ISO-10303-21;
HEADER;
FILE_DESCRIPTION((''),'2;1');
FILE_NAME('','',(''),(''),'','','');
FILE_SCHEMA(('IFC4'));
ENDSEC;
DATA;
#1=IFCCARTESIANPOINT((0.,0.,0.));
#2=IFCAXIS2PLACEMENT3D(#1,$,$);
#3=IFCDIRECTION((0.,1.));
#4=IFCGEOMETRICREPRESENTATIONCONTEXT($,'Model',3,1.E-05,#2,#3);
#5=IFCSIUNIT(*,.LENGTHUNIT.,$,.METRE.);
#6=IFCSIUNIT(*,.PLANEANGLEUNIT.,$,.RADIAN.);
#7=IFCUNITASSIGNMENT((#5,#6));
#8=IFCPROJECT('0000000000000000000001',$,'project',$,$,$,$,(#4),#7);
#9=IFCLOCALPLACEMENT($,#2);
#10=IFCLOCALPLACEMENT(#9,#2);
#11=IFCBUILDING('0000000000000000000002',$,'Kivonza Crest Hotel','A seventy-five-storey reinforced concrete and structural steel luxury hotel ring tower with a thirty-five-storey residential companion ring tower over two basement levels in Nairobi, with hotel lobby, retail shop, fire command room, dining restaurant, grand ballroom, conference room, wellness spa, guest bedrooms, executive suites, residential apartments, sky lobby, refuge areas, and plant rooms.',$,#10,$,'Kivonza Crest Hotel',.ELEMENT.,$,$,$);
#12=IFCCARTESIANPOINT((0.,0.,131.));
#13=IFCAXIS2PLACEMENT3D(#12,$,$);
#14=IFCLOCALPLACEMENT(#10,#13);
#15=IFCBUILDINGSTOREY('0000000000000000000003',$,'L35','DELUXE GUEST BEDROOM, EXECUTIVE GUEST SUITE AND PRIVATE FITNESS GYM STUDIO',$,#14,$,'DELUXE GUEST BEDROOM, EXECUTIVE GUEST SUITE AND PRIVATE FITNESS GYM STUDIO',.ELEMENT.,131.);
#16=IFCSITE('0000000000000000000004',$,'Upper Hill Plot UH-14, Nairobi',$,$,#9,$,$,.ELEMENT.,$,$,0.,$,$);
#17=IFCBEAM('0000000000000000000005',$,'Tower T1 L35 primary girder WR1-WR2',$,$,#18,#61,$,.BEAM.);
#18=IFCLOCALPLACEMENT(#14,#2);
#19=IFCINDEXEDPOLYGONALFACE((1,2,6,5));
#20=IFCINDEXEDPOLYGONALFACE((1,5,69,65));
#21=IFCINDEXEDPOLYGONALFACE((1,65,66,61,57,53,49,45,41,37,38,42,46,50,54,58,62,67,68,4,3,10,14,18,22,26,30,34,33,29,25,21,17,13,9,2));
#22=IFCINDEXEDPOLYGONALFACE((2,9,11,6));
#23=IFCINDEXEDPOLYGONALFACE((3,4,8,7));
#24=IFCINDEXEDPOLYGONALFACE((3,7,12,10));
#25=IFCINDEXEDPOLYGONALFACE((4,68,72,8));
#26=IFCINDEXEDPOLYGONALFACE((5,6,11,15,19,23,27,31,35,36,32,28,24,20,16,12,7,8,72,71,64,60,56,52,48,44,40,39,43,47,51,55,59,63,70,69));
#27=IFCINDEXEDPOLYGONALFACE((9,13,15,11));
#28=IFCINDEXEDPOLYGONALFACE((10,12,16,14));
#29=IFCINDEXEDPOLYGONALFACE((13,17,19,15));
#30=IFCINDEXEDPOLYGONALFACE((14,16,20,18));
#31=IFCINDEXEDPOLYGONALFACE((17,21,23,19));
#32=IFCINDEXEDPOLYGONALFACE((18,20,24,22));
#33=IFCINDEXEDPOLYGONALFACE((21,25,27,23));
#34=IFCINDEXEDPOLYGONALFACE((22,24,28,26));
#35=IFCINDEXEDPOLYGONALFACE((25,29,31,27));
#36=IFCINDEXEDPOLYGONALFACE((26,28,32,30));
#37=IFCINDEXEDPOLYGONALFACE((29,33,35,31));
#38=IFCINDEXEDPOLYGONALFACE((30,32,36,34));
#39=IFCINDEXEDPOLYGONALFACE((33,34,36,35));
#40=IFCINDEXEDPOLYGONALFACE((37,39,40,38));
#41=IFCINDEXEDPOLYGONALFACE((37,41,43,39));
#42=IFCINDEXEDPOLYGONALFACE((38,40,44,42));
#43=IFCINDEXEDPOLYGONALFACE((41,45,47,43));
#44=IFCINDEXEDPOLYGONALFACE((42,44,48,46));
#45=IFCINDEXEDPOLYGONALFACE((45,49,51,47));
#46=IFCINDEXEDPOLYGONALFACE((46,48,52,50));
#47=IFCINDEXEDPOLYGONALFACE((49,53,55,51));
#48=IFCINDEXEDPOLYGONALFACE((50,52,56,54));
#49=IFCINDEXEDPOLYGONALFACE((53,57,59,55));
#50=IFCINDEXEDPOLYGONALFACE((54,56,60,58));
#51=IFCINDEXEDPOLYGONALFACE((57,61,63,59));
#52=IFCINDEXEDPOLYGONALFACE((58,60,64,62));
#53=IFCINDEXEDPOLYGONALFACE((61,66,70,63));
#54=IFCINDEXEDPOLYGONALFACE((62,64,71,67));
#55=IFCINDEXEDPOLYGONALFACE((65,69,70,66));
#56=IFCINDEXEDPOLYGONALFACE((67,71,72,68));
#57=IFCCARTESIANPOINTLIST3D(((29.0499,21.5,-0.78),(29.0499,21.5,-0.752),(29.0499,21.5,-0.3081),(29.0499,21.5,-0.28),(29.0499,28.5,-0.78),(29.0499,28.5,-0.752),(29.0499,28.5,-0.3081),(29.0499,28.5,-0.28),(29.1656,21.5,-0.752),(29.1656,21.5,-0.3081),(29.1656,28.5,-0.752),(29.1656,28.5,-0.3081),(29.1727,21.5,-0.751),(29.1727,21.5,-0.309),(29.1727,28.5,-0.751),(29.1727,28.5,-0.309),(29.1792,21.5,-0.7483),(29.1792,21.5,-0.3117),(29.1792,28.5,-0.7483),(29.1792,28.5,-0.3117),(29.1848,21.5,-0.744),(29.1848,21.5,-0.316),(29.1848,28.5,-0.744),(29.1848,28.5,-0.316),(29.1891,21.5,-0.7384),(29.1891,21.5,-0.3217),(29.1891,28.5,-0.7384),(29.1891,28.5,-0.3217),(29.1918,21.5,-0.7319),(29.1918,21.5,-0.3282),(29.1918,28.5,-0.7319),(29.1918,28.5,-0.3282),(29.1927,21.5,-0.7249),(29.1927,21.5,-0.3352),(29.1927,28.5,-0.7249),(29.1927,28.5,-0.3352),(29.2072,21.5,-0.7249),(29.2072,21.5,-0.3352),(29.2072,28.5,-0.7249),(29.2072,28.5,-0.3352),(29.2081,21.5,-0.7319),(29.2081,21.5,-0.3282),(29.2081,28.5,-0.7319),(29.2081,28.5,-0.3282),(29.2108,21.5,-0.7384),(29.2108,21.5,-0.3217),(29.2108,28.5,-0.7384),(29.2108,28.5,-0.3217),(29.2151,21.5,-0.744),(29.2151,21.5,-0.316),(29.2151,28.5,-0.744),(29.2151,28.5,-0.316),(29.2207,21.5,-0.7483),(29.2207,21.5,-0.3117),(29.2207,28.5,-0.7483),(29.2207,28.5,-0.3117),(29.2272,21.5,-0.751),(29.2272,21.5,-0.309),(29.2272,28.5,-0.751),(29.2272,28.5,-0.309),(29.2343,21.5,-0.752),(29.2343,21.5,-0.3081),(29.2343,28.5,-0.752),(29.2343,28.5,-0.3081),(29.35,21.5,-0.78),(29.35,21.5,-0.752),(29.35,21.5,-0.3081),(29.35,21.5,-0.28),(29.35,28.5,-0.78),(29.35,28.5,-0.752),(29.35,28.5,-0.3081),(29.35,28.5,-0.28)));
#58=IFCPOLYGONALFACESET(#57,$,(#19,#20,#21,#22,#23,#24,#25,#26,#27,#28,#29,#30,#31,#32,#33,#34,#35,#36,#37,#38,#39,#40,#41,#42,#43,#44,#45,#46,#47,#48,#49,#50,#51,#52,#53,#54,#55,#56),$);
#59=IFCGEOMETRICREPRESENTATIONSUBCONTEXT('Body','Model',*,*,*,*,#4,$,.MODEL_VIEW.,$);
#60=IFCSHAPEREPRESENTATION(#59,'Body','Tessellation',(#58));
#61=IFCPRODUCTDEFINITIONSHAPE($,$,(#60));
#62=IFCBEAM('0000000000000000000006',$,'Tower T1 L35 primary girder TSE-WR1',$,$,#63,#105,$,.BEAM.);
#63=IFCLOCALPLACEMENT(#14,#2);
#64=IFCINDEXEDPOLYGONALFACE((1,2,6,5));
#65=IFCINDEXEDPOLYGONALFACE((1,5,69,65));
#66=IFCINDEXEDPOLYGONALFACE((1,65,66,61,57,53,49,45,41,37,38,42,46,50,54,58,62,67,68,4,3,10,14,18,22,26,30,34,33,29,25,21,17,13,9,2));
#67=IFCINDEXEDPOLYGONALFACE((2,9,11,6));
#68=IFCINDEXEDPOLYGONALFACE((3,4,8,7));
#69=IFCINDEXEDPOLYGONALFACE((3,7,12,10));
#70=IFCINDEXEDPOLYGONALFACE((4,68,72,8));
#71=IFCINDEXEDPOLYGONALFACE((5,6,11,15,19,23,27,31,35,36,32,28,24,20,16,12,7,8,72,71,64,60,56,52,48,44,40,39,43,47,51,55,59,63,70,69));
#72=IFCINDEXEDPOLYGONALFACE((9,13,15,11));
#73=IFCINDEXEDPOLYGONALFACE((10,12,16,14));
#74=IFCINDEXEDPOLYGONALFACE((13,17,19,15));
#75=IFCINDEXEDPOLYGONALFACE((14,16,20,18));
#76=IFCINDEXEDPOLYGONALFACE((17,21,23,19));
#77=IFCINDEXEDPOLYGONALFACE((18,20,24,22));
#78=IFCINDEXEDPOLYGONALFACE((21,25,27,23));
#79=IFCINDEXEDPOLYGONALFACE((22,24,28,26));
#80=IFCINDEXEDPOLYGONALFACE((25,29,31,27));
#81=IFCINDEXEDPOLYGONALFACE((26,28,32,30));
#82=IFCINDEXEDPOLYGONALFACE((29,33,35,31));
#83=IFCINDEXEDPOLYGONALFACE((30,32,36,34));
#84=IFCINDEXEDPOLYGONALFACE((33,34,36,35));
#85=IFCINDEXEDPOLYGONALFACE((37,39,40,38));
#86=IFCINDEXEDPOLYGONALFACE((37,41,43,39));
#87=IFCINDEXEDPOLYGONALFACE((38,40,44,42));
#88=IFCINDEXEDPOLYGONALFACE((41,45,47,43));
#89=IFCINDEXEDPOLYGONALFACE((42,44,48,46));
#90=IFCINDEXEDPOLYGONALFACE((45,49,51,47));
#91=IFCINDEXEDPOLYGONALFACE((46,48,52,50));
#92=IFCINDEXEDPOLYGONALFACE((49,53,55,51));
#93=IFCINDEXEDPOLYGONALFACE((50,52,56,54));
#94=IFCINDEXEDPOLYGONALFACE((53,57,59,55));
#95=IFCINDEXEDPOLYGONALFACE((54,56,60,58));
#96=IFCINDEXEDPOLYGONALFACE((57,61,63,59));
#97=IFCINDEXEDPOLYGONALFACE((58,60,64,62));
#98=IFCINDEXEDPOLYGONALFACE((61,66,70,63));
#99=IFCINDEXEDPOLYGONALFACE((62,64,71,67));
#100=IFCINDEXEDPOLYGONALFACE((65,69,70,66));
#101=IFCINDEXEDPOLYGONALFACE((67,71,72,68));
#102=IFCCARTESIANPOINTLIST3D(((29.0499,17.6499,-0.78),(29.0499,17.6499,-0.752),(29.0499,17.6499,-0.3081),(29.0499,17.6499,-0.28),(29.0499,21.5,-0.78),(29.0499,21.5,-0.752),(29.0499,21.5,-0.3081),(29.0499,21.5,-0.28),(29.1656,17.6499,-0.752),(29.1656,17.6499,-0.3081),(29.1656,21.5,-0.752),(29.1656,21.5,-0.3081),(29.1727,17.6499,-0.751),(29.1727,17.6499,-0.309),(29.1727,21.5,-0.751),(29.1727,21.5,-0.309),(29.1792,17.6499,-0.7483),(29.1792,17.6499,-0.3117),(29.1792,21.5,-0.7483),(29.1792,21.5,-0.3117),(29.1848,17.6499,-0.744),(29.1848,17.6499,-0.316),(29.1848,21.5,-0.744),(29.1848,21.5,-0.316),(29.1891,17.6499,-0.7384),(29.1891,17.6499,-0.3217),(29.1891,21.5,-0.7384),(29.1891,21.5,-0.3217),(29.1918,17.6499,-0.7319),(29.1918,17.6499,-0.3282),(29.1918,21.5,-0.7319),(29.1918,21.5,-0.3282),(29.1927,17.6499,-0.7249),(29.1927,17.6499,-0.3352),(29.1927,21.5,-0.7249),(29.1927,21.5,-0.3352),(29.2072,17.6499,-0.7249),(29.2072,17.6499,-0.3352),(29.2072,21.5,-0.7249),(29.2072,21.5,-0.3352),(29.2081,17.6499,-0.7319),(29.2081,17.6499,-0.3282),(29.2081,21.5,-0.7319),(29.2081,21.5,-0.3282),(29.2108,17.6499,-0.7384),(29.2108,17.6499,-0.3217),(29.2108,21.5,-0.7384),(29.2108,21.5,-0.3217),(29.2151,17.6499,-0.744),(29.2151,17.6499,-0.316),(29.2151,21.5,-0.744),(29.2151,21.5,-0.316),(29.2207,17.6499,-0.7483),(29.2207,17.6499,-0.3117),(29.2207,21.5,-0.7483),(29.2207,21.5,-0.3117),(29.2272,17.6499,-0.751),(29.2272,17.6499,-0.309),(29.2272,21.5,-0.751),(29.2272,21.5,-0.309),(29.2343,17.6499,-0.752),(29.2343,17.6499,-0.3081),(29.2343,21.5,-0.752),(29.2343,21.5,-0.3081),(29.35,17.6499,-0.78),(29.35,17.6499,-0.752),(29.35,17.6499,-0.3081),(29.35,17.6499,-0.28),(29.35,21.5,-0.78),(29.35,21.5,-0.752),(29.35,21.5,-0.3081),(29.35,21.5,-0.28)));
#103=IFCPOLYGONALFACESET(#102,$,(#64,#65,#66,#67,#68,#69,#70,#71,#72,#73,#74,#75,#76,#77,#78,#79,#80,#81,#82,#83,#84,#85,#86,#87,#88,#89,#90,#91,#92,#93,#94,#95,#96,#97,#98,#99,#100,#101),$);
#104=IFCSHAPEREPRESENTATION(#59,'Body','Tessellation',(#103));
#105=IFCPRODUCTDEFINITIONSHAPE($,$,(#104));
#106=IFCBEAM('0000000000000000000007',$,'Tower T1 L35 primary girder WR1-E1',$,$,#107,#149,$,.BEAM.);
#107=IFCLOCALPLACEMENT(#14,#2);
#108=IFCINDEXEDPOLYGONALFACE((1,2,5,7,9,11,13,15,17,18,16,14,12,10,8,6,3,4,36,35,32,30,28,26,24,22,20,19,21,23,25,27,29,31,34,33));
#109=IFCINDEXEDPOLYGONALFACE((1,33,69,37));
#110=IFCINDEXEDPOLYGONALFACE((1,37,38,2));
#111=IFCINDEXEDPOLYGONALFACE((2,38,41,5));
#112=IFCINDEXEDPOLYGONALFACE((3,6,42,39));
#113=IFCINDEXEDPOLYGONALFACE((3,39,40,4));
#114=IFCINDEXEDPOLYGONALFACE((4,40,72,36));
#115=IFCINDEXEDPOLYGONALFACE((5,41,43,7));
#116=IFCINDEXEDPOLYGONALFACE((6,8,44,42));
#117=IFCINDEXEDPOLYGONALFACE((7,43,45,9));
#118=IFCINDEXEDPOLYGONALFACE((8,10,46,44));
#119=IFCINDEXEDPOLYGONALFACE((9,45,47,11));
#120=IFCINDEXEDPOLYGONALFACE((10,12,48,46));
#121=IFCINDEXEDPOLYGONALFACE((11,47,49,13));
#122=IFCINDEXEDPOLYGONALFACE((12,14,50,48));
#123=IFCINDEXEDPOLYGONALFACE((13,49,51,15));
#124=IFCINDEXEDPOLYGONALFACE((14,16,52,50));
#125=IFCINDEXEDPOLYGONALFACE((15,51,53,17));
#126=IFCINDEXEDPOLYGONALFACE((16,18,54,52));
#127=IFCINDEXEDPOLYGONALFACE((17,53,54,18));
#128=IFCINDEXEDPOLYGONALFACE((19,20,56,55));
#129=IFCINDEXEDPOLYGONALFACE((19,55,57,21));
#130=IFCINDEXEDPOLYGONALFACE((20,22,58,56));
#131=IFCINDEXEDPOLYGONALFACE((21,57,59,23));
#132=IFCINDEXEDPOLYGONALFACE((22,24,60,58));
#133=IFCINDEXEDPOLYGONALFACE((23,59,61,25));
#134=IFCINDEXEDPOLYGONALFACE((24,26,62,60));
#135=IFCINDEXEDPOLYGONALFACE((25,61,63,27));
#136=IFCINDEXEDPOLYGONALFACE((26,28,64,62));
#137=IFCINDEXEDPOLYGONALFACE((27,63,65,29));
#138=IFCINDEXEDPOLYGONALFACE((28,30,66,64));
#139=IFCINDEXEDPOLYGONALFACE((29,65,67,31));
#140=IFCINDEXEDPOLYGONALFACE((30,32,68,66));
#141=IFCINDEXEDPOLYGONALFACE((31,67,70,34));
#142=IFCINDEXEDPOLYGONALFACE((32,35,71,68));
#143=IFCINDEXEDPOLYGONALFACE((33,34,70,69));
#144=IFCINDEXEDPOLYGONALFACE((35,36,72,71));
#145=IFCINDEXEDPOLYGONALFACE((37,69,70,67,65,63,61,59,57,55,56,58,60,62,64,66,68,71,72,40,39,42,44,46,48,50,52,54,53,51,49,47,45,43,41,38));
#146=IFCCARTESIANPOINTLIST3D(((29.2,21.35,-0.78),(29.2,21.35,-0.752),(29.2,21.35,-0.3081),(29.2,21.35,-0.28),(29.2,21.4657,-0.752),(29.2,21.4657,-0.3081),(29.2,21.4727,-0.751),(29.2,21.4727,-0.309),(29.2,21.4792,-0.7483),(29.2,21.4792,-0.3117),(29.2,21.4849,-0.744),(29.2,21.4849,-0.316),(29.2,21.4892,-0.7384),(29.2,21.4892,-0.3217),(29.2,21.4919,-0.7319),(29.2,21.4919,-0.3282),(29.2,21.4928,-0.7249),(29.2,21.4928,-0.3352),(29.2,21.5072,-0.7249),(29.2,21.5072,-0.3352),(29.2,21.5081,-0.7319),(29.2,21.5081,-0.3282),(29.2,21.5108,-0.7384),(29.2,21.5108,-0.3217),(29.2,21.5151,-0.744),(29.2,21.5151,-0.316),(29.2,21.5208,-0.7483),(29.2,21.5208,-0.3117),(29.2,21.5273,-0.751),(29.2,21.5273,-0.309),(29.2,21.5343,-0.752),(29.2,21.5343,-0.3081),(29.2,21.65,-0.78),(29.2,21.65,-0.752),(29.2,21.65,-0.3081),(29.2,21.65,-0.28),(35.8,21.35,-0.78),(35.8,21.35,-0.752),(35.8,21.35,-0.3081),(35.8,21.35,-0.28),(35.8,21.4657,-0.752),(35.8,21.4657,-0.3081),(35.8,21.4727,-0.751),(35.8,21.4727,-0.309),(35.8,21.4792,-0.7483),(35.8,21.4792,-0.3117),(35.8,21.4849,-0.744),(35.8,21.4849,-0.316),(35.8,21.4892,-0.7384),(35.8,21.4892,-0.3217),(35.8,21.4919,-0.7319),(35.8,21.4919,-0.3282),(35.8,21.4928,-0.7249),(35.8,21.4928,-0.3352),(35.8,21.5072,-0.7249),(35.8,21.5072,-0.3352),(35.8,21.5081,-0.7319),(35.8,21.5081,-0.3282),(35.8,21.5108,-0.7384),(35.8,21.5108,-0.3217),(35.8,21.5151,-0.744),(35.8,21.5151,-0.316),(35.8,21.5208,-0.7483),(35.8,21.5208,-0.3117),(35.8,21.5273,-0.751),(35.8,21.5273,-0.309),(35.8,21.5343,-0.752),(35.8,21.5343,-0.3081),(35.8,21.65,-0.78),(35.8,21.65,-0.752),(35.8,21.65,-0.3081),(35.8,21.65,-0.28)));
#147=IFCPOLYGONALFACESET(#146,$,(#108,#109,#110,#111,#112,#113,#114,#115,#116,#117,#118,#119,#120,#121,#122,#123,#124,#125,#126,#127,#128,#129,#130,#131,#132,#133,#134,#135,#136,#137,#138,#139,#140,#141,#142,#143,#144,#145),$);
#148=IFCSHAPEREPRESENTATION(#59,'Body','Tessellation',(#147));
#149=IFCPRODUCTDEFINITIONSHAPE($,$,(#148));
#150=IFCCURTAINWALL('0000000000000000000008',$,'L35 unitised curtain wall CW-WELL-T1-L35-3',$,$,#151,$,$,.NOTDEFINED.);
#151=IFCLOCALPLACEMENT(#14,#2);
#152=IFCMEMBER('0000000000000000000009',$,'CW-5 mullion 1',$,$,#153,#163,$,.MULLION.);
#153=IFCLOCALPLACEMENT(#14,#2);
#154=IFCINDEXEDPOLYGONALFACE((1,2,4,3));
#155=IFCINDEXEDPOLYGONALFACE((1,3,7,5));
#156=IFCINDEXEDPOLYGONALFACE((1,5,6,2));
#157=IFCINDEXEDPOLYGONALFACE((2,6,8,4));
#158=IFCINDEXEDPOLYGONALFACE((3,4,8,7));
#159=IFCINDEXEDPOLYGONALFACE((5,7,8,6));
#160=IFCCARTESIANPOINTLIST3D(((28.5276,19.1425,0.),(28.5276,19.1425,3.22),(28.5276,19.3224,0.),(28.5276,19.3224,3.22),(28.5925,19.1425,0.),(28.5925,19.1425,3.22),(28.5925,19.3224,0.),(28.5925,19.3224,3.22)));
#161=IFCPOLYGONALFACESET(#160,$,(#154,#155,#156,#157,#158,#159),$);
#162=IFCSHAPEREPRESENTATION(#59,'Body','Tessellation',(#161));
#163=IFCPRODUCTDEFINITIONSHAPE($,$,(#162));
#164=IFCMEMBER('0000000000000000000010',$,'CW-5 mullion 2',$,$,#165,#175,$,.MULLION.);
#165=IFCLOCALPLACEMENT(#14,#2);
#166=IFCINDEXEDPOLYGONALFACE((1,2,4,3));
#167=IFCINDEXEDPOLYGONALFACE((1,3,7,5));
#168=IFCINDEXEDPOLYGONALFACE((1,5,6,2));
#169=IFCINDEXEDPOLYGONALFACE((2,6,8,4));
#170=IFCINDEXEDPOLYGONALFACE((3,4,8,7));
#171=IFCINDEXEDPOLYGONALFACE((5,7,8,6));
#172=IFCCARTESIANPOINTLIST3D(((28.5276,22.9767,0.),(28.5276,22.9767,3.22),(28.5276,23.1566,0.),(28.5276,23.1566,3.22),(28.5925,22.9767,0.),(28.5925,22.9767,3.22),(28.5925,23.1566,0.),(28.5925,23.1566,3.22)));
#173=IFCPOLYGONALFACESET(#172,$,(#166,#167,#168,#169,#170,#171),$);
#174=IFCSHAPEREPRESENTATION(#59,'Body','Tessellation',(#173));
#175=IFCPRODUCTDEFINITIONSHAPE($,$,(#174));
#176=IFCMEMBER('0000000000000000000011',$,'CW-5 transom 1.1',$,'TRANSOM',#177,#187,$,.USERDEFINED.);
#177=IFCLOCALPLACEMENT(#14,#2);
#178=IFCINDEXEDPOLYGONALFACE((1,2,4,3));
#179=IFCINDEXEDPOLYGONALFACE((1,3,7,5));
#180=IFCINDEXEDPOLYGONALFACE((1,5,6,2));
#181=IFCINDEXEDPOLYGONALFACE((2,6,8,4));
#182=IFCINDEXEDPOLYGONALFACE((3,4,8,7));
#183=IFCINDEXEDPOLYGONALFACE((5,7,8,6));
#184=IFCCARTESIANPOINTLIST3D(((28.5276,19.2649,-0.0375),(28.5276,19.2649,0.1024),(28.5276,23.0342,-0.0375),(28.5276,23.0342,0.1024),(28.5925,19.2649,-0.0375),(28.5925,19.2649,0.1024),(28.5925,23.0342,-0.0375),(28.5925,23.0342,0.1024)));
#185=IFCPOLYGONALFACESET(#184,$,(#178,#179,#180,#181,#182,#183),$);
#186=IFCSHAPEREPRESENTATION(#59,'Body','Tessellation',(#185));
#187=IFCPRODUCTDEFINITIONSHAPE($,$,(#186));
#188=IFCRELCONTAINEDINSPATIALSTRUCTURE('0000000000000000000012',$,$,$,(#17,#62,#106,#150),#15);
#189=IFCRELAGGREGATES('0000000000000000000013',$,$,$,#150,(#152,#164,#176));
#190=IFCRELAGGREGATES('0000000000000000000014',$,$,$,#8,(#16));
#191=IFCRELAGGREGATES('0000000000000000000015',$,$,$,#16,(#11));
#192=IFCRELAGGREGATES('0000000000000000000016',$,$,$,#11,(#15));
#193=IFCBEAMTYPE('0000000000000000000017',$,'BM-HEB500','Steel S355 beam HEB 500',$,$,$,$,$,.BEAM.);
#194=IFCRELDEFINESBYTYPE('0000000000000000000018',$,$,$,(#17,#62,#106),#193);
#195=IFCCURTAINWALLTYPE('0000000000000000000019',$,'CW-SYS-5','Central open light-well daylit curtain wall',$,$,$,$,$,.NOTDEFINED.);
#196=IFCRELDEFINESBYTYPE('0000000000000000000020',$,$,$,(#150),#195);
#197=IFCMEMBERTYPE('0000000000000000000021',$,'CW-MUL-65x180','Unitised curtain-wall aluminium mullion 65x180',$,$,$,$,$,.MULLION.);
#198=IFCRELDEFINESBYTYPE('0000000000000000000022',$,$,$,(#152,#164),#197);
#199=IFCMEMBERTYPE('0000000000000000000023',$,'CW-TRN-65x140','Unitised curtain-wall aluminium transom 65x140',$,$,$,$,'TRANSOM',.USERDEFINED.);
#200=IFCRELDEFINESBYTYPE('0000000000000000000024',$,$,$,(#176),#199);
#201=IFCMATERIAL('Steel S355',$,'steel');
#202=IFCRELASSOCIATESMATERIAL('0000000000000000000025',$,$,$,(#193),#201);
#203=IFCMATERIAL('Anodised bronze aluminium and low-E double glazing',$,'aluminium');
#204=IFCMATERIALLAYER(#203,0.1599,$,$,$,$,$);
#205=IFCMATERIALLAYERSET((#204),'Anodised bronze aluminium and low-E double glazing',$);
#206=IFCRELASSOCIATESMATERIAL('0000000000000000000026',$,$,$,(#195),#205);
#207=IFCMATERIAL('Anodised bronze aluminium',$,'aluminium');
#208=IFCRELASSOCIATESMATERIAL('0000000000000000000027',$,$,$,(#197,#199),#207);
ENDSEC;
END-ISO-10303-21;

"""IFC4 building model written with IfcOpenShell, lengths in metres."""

from ifc_helpers import new_model, si_unit, direction, frame, origin, origin_2d, place, context, subcontext, project, spatial, rectangle, i_section, extrude, material, layer, layer_set, material_profile, profile_set, type_object, element, aggregate, save


model = new_model("IFC4")

# Units and contexts
model_context = context("Model", 3, precision=1e-05, world=origin(), true_north=direction((0.0, 1.0)))
body_context = subcontext(model_context, "Body", "Model", "MODEL_VIEW")
ifc_project = project(units=[si_unit("LENGTHUNIT", "METRE"), si_unit("PLANEANGLEUNIT", "RADIAN")], contexts=[model_context])

# Site, building, storey
site_placement = place(None, origin())
site = spatial("IfcSite", under=ifc_project, at=site_placement, Name="Upper Hill Plot UH-14, Nairobi", CompositionType="ELEMENT", RefElevation=0.0)
building_placement = place(site_placement, origin())
building = spatial("IfcBuilding", under=site, at=building_placement, Name="Kivonza Crest Hotel", Description="A seventy-five-storey reinforced concrete and structural steel luxury hotel ring tower with a thirty-five-storey residential companion ring tower over two basement levels in Nairobi, with hotel lobby, retail shop, fire command room, dining restaurant, grand ballroom, conference room, wellness spa, guest bedrooms, executive suites, residential apartments, sky lobby, refuge areas, and plant rooms.", LongName="Kivonza Crest Hotel", CompositionType="ELEMENT")
storey_placement = place(building_placement, frame((0.0, 0.0, 131.0)))
storey = spatial("IfcBuildingStorey", under=building, at=storey_placement, Name="L35", Description="DELUXE GUEST BEDROOM, EXECUTIVE GUEST SUITE AND PRIVATE FITNESS GYM STUDIO", LongName="DELUXE GUEST BEDROOM, EXECUTIVE GUEST SUITE AND PRIVATE FITNESS GYM STUDIO", CompositionType="ELEMENT", Elevation=131.0)

# Beams
ifc_material_1 = material(Name="Steel S355", Category="steel")
ifc_material_profile_1 = material_profile(ifc_material_1, i_section(OverallWidth=0.3, OverallDepth=0.5, WebThickness=0.0144, FlangeThickness=0.0281, FilletRadius=0.0271, at=origin_2d()), Name="HEB 500")
ifc_profile_set_1 = profile_set([ifc_material_profile_1], Name="Steel S355")
beam_type_1 = type_object("IfcBeamType", Name="BM-HEB500", Description="Steel S355 beam HEB 500", PredefinedType="BEAM", material=ifc_profile_set_1)
beam_1_placement = place(storey_placement, frame((29.2, 21.5, -0.53), z_axis=(0.0, 1.0, 0.0), x_axis=(-1.0, 0.0, 0.0)))
element("IfcBeam", 1, at=beam_1_placement, inside=storey, type_object=beam_type_1, Name="Tower T1 L35 primary girder WR1-WR2", PredefinedType="BEAM", context=body_context, shape_type="SweptSolid", body=[
    extrude(i_section(OverallWidth=0.3, OverallDepth=0.5, WebThickness=0.0144, FlangeThickness=0.0281, FilletRadius=0.0271, at=origin_2d()), origin(), (0.0, 0.0, 1.0), 7.0),
])
beam_2_placement = place(storey_placement, frame((29.2, 17.6499, -0.53), z_axis=(0.0, 1.0, 0.0), x_axis=(-1.0, 0.0, 0.0)))
element("IfcBeam", 2, at=beam_2_placement, inside=storey, type_object=beam_type_1, Name="Tower T1 L35 primary girder TSE-WR1", PredefinedType="BEAM", context=body_context, shape_type="SweptSolid", body=[
    extrude(i_section(OverallWidth=0.3, OverallDepth=0.5, WebThickness=0.0144, FlangeThickness=0.0281, FilletRadius=0.0271, at=origin_2d()), origin(), (0.0, 0.0, 1.0), 3.8501),
])
beam_3_placement = place(storey_placement, frame((29.2, 21.5, -0.53), z_axis=(1.0, 0.0, 0.0), x_axis=(0.0, 1.0, 0.0)))
element("IfcBeam", 3, at=beam_3_placement, inside=storey, type_object=beam_type_1, Name="Tower T1 L35 primary girder WR1-E1", PredefinedType="BEAM", context=body_context, shape_type="SweptSolid", body=[
    extrude(i_section(OverallWidth=0.3, OverallDepth=0.5, WebThickness=0.0144, FlangeThickness=0.0281, FilletRadius=0.0271, at=origin_2d()), origin(), (0.0, 0.0, 1.0), 6.6001),
])

# Curtain wall, members
ifc_material_2 = material(Name="Anodised bronze aluminium and low-E double glazing", Category="aluminium")
ifc_layer_1 = layer(ifc_material_2, 0.1599)
ifc_layer_set_1 = layer_set([ifc_layer_1], Name="Anodised bronze aluminium and low-E double glazing")
curtain_wall_type = type_object("IfcCurtainWallType", Name="CW-SYS-5", Description="Central open light-well daylit curtain wall", PredefinedType="NOTDEFINED", material=ifc_layer_set_1)
curtain_wall_placement = place(storey_placement, origin())
curtain_wall = element("IfcCurtainWall", 4, at=curtain_wall_placement, inside=storey, type_object=curtain_wall_type, Name="L35 unitised curtain wall CW-WELL-T1-L35-3", PredefinedType="NOTDEFINED")
ifc_material_3 = material(Name="Anodised bronze aluminium", Category="aluminium")
ifc_material_profile_2 = material_profile(ifc_material_3, rectangle(XDim=0.0649, YDim=0.1799, at=origin_2d()), Name="CW-M 65x180")
ifc_profile_set_2 = profile_set([ifc_material_profile_2], Name="Anodised bronze aluminium")
member_type_1 = type_object("IfcMemberType", Name="CW-MUL-65x180", Description="Unitised curtain-wall aluminium mullion 65x180", PredefinedType="MULLION", material=ifc_profile_set_2)
member_1_placement = place(storey_placement, frame((28.5601, 19.2324, 0.0), z_axis=(0.0, 0.0, 1.0), x_axis=(-1.0, 0.0, 0.0)))
member_1 = element("IfcMember", 5, at=member_1_placement, type_object=member_type_1, Name="CW-5 mullion 1", PredefinedType="MULLION", context=body_context, shape_type="SweptSolid", body=[
    extrude(rectangle(XDim=0.0649, YDim=0.1799, at=origin_2d()), origin(), (0.0, 0.0, 1.0), 3.22),
])
member_2_placement = place(storey_placement, frame((28.5601, 23.0667, 0.0), z_axis=(0.0, 0.0, 1.0), x_axis=(-1.0, 0.0, 0.0)))
member_2 = element("IfcMember", 6, at=member_2_placement, type_object=member_type_1, Name="CW-5 mullion 2", PredefinedType="MULLION", context=body_context, shape_type="SweptSolid", body=[
    extrude(rectangle(XDim=0.0649, YDim=0.1799, at=origin_2d()), origin(), (0.0, 0.0, 1.0), 3.22),
])
ifc_material_profile_3 = material_profile(ifc_material_3, rectangle(XDim=0.0649, YDim=0.1399, at=origin_2d()), Name="CW-T 65x140")
ifc_profile_set_3 = profile_set([ifc_material_profile_3], Name="Anodised bronze aluminium")
member_type_2 = type_object("IfcMemberType", Name="CW-TRN-65x140", Description="Unitised curtain-wall aluminium transom 65x140", ElementType="TRANSOM", PredefinedType="USERDEFINED", material=ifc_profile_set_3)
member_3_placement = place(storey_placement, frame((28.5601, 19.2649, 0.0325), z_axis=(0.0, 1.0, 0.0), x_axis=(-1.0, 0.0, 0.0)))
member_3 = element("IfcMember", 7, at=member_3_placement, type_object=member_type_2, Name="CW-5 transom 1.1", ObjectType="TRANSOM", PredefinedType="USERDEFINED", context=body_context, shape_type="SweptSolid", body=[
    extrude(rectangle(XDim=0.0649, YDim=0.1399, at=origin_2d()), origin(), (0.0, 0.0, 1.0), 3.7693),
])
aggregate(curtain_wall, [member_1, member_2, member_3])

save(model, "model.ifc")
